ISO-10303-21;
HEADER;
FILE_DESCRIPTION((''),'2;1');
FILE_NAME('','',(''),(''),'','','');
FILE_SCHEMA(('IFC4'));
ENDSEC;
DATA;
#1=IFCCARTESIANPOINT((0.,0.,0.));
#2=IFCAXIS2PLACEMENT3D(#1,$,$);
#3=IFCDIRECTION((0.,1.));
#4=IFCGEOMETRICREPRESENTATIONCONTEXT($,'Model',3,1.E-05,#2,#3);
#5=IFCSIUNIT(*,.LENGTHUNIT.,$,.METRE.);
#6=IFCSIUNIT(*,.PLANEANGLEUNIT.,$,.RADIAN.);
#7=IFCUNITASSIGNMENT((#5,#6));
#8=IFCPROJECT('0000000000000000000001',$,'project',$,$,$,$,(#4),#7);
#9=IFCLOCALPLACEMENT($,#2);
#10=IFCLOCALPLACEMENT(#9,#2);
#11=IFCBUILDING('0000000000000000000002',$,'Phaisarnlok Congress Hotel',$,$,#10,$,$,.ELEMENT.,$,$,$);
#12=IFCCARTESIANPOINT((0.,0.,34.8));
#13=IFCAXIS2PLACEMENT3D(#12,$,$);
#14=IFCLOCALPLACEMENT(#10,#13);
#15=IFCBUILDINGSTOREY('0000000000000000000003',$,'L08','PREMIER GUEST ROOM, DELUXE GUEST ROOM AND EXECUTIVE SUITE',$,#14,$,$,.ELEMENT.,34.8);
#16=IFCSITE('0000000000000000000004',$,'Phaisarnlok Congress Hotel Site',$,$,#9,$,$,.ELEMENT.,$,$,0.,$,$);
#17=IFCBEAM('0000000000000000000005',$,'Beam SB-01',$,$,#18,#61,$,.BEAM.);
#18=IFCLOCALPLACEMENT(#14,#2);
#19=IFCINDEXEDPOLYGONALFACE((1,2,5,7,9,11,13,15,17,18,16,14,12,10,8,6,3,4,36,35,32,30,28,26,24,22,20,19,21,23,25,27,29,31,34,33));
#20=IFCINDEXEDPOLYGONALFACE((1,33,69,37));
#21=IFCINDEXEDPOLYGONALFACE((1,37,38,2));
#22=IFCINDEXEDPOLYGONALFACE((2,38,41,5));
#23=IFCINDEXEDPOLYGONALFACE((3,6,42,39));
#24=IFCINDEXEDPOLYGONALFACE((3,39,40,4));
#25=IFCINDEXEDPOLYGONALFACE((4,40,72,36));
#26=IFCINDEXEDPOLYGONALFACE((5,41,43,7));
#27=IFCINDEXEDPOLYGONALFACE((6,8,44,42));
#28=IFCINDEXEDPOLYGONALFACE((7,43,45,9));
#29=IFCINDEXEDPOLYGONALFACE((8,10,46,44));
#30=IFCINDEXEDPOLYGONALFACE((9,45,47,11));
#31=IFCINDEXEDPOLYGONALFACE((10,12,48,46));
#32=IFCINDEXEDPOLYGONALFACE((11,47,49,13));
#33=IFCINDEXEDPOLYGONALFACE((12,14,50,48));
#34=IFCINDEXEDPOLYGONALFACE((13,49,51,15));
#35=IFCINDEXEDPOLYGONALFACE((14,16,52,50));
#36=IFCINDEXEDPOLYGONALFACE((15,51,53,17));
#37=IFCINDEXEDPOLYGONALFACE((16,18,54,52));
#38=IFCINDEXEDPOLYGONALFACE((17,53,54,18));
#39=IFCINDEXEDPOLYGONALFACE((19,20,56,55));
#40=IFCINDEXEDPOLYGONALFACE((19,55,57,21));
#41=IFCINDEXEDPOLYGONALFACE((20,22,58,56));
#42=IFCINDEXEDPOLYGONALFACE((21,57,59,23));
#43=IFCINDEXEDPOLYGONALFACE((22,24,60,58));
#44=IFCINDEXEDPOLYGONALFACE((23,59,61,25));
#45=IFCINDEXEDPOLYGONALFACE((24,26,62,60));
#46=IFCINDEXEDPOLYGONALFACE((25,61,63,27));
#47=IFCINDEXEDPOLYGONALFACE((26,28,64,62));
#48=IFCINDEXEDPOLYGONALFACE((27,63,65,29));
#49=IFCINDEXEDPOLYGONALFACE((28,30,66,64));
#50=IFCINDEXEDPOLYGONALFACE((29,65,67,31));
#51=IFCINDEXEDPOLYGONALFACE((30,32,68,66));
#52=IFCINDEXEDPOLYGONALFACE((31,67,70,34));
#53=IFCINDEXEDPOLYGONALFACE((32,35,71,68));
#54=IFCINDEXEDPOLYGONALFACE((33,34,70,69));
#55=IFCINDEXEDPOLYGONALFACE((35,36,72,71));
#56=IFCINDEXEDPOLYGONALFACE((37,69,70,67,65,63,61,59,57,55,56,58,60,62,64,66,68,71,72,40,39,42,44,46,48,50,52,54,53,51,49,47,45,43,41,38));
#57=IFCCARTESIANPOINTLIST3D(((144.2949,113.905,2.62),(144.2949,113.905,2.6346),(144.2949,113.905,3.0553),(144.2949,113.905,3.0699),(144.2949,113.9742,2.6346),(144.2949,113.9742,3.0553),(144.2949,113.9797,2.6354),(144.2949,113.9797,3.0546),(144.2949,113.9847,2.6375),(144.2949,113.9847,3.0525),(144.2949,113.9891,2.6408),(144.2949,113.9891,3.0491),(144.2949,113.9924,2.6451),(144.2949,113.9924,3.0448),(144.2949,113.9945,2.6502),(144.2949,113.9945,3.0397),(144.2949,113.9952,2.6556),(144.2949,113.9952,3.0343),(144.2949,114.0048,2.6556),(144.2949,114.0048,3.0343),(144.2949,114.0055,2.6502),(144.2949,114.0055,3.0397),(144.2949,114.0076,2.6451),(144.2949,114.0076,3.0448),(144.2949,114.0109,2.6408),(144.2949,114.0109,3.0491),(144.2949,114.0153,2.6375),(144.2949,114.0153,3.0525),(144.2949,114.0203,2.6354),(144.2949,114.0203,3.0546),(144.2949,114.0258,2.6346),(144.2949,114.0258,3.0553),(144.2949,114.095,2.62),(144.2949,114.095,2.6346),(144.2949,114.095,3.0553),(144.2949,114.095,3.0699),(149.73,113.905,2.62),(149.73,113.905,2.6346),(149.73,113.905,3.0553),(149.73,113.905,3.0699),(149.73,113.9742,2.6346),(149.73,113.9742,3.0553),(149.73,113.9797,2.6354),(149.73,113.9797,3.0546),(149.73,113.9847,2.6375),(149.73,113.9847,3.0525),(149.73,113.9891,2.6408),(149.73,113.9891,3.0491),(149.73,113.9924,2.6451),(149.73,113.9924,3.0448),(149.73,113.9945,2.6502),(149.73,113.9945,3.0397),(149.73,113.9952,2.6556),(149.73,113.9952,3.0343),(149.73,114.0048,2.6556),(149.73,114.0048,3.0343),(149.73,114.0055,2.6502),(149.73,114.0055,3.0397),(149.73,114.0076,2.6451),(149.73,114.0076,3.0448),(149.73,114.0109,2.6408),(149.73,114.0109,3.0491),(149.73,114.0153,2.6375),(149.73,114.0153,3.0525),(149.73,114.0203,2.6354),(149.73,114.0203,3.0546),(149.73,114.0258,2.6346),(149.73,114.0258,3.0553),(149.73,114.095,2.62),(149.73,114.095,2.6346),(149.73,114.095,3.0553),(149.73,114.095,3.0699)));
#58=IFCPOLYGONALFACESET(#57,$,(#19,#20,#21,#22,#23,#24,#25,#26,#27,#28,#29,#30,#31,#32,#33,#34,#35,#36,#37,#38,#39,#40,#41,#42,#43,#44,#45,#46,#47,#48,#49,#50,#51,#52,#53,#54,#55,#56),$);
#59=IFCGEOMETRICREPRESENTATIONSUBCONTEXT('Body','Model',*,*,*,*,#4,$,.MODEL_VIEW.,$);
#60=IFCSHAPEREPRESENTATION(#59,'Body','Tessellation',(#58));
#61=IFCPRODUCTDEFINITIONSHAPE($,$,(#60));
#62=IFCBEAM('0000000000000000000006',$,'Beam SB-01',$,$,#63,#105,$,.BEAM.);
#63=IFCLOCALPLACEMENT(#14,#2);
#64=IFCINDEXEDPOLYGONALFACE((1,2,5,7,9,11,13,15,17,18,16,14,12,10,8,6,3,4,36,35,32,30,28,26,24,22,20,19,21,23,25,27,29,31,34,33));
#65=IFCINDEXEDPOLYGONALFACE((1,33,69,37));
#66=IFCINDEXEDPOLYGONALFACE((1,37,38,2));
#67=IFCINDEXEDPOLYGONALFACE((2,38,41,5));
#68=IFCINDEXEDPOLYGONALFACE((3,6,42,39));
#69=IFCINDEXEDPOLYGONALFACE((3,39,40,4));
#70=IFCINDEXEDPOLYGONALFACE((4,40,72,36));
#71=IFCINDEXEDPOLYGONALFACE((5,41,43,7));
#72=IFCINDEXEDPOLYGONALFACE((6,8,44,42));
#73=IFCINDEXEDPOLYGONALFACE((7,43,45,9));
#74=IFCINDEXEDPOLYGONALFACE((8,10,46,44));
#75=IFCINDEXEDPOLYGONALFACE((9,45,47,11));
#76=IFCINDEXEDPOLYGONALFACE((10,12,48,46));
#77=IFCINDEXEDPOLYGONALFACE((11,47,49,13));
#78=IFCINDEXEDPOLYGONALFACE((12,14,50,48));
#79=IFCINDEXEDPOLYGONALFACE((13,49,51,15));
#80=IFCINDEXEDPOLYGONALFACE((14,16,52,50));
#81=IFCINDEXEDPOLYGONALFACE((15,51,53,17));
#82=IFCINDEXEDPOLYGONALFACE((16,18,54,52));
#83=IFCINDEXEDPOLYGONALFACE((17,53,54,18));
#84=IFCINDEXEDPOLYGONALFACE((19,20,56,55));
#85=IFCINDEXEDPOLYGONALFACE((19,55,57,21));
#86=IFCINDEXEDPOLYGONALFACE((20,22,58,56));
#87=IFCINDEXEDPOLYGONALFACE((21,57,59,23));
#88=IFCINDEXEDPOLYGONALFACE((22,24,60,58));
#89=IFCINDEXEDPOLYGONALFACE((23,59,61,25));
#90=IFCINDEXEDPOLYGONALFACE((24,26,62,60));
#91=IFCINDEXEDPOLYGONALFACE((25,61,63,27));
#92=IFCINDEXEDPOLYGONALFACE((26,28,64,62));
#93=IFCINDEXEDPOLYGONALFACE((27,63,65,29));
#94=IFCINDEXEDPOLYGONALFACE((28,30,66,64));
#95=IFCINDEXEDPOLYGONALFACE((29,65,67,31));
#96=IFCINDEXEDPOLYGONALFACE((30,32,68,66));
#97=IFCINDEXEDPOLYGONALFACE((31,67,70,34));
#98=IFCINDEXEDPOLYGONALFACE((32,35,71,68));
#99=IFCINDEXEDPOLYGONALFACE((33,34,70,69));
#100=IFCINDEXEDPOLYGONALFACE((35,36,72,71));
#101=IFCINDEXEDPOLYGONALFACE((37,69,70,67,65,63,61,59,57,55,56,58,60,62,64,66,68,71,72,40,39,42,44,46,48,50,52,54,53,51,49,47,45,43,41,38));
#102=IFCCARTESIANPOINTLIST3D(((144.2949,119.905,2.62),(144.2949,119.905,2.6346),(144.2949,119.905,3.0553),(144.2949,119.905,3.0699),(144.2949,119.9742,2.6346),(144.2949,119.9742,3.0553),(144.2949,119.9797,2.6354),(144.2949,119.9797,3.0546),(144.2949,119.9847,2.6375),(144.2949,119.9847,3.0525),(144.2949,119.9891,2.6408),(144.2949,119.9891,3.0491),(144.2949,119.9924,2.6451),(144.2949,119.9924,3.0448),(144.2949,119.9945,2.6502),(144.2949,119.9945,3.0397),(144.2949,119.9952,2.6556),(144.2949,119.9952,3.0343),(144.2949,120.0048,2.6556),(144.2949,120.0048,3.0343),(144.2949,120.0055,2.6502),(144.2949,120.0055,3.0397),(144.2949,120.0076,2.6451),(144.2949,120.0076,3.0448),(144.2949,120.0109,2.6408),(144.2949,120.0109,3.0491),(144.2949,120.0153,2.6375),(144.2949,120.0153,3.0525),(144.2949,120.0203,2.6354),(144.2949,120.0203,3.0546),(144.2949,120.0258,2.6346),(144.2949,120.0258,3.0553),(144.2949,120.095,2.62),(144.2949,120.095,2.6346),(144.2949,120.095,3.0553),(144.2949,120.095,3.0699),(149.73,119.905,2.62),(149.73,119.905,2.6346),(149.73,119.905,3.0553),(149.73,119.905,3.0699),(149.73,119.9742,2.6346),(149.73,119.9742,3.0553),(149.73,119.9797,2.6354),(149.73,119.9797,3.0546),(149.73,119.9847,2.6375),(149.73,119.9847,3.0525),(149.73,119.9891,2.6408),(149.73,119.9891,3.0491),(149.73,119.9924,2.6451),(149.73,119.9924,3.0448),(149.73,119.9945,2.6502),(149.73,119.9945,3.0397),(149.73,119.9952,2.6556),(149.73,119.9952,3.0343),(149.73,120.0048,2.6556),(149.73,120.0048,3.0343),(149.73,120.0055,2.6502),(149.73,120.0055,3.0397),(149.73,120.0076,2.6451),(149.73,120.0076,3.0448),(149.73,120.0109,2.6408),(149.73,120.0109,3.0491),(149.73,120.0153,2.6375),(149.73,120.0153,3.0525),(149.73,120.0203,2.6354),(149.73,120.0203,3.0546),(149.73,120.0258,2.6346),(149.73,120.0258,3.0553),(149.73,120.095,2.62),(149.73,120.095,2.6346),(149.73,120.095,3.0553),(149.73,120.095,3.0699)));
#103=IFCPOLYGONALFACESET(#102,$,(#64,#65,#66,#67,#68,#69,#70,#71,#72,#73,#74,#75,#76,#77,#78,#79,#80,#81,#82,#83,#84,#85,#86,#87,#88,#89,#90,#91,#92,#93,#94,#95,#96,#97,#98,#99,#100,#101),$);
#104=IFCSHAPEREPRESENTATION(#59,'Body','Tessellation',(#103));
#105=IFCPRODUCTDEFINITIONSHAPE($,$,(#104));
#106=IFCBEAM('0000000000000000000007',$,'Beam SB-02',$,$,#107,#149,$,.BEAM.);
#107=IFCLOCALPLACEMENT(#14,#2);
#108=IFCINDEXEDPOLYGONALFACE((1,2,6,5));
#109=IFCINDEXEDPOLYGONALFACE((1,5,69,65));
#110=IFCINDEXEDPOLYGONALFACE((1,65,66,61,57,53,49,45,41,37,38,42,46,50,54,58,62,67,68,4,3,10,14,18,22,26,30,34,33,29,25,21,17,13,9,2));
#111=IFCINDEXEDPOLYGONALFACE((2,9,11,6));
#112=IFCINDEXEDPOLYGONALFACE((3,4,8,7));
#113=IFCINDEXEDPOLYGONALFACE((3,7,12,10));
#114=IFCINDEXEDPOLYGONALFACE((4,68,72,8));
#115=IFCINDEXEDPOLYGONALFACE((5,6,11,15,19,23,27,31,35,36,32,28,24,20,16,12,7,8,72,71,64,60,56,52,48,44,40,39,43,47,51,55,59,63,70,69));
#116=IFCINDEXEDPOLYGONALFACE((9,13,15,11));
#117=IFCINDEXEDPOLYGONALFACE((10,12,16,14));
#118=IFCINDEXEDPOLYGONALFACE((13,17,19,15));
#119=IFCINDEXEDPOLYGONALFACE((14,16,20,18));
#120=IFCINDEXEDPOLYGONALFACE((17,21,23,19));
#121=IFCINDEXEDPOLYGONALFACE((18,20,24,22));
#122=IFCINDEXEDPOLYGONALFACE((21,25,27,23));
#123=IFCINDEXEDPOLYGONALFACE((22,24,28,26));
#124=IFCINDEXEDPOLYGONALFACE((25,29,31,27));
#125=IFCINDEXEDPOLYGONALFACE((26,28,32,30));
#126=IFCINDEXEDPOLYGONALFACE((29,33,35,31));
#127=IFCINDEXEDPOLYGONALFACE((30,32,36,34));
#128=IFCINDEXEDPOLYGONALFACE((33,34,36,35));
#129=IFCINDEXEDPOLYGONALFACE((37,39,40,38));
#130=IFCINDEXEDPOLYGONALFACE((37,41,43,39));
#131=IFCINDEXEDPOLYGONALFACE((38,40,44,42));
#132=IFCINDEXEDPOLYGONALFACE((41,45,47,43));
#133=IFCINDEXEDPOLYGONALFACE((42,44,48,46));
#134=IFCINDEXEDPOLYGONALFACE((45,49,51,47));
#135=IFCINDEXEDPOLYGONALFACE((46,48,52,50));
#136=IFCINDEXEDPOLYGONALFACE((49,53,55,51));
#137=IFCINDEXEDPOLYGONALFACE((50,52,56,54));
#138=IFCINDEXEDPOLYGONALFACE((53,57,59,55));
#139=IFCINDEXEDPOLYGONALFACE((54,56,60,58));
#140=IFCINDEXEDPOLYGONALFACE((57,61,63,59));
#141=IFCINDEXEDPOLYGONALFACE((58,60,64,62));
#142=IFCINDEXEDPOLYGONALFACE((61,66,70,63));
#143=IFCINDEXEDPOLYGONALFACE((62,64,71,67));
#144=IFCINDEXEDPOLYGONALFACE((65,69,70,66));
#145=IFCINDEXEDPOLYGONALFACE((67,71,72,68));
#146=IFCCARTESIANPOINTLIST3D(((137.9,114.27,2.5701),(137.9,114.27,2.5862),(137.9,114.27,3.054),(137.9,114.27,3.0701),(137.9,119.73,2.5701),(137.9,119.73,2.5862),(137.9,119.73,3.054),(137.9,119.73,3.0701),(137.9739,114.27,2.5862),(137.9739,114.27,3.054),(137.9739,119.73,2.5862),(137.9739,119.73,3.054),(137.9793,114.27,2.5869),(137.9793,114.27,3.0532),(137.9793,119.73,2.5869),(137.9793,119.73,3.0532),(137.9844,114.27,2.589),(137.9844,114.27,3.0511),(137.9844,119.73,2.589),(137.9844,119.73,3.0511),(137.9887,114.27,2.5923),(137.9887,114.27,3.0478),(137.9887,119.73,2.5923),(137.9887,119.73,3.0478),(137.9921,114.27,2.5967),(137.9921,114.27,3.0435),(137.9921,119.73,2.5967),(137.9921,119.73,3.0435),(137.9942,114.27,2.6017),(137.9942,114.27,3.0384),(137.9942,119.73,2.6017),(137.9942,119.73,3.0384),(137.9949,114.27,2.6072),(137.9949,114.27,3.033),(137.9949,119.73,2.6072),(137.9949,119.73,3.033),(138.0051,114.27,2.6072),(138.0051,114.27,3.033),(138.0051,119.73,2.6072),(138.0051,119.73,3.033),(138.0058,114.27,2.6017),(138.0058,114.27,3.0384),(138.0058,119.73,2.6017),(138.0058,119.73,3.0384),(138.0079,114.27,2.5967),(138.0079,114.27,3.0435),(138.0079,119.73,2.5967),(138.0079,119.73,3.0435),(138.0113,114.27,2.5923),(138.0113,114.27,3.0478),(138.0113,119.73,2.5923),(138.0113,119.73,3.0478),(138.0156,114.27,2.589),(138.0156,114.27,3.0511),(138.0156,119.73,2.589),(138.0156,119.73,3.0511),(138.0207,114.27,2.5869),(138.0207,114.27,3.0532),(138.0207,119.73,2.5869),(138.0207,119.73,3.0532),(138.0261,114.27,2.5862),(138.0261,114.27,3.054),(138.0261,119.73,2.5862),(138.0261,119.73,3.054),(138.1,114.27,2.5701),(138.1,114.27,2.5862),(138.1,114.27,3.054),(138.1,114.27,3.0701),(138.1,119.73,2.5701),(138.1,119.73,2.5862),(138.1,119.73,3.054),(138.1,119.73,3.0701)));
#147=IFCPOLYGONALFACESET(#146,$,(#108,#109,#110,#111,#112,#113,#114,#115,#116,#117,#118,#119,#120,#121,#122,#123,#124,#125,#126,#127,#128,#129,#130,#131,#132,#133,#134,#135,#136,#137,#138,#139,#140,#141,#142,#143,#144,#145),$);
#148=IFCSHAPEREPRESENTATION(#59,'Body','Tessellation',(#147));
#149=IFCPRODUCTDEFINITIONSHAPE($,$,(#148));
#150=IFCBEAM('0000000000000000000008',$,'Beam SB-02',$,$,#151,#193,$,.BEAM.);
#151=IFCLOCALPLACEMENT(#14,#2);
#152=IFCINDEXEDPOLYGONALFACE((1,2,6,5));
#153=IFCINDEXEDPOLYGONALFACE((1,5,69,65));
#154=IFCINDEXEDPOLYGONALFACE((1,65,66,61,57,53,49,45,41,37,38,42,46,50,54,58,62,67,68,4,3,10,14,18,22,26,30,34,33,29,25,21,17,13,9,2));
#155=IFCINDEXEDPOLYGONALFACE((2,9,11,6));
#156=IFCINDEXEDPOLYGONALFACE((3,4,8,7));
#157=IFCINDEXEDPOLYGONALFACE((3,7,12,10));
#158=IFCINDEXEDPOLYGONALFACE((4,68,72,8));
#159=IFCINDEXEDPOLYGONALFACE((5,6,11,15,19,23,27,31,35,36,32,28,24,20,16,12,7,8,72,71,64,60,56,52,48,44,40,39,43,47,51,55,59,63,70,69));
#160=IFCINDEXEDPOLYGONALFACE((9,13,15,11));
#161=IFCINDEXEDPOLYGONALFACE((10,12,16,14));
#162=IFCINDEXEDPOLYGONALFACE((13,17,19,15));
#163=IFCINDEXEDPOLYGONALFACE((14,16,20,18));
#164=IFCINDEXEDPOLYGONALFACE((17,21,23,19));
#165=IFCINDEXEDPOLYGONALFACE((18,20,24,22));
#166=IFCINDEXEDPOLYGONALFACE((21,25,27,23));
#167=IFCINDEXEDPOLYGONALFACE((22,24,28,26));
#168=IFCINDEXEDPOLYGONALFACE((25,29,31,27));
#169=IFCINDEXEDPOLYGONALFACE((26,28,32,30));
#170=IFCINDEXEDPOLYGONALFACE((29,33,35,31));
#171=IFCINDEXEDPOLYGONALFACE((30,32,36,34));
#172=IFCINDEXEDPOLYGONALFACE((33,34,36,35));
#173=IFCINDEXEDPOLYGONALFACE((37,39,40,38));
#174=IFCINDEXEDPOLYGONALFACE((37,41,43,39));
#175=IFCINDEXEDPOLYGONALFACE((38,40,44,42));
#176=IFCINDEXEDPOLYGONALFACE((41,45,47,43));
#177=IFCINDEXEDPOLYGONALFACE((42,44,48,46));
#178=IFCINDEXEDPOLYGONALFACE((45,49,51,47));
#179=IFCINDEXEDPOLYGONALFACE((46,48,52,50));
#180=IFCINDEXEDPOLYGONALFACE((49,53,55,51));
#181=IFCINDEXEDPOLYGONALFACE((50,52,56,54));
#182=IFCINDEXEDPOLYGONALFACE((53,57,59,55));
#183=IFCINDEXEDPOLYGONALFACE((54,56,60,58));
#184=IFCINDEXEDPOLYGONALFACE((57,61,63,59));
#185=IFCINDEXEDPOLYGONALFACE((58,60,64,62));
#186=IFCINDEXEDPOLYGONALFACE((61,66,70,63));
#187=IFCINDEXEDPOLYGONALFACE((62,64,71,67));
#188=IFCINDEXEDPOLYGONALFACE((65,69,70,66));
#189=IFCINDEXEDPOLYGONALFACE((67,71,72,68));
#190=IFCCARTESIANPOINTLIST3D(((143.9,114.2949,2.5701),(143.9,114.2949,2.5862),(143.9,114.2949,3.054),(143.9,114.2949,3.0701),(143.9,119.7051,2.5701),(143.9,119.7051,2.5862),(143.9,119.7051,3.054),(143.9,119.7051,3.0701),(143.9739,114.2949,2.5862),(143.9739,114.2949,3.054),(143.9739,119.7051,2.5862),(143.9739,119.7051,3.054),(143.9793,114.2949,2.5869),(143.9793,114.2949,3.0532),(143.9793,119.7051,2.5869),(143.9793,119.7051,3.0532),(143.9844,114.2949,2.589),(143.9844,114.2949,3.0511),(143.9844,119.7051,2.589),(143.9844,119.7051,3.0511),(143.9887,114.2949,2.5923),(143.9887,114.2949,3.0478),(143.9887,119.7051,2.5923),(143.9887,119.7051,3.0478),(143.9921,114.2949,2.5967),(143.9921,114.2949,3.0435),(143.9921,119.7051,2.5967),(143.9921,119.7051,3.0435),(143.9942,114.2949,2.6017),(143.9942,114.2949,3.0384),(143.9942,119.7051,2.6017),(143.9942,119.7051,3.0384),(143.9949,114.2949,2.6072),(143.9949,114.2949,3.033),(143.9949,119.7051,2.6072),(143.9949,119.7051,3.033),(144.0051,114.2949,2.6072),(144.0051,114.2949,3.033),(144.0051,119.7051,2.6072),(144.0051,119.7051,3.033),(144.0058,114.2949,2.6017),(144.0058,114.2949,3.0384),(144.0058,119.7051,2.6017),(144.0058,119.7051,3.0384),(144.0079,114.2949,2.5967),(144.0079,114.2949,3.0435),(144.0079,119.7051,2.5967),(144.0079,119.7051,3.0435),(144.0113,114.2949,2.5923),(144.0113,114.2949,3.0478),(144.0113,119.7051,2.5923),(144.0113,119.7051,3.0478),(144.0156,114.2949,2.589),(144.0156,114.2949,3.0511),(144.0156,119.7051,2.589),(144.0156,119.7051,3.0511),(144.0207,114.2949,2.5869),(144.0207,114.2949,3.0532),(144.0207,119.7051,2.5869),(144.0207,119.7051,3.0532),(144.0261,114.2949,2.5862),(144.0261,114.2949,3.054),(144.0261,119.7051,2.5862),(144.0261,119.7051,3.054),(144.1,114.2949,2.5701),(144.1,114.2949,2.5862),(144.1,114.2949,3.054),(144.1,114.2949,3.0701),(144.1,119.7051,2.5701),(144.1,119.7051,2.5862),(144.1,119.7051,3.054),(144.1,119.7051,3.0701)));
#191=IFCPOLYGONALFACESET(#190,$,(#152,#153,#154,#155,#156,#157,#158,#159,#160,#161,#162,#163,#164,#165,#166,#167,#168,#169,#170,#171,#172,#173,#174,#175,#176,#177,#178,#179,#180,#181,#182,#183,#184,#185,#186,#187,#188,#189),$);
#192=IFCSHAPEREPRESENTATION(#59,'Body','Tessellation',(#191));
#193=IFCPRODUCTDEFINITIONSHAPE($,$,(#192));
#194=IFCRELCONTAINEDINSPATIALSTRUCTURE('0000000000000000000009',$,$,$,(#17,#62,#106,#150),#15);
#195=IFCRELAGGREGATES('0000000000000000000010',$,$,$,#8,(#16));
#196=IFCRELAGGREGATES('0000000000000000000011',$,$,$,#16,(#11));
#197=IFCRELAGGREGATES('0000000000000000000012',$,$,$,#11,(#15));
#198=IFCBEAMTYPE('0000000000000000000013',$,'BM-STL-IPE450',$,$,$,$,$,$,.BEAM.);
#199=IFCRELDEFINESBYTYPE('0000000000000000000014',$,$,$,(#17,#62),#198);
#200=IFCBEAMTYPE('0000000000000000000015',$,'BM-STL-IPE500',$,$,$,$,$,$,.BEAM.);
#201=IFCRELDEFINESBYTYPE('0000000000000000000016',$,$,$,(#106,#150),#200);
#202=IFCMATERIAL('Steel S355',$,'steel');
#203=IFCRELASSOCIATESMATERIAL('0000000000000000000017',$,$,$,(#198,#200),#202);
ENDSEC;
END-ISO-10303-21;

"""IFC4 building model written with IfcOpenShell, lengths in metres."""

from ifc_helpers import new_model, si_unit, direction, frame, origin, origin_2d, place, context, subcontext, project, spatial, i_section, extrude, material, material_profile, profile_set, type_object, element, save


model = new_model("IFC4")

# Units and contexts
model_context = context("Model", 3, precision=1e-05, world=origin(), true_north=direction((0.0, 1.0)))
body_context = subcontext(model_context, "Body", "Model", "MODEL_VIEW")
ifc_project = project(units=[si_unit("LENGTHUNIT", "METRE"), si_unit("PLANEANGLEUNIT", "RADIAN")], contexts=[model_context])

# Site, building, storey
site_placement = place(None, origin())
site = spatial("IfcSite", under=ifc_project, at=site_placement, Name="Phaisarnlok Congress Hotel Site", CompositionType="ELEMENT", RefElevation=0.0)
building_placement = place(site_placement, origin())
building = spatial("IfcBuilding", under=site, at=building_placement, Name="Phaisarnlok Congress Hotel", CompositionType="ELEMENT")
storey_placement = place(building_placement, frame((0.0, 0.0, 34.8)))
storey = spatial("IfcBuildingStorey", under=building, at=storey_placement, Name="L08", Description="PREMIER GUEST ROOM, DELUXE GUEST ROOM AND EXECUTIVE SUITE", CompositionType="ELEMENT", Elevation=34.8)

# Beams
ifc_material_1 = material(Name="Steel S355", Category="steel")
ifc_material_profile_1 = material_profile(ifc_material_1, i_section(OverallWidth=0.1899, OverallDepth=0.45, WebThickness=0.0095, FlangeThickness=0.0146, FilletRadius=0.021, at=origin_2d()), Name="IPE 450")
ifc_profile_set_1 = profile_set([ifc_material_profile_1], Name="Steel S355")
beam_type_1 = type_object("IfcBeamType", Name="BM-STL-IPE450", PredefinedType="BEAM", material=ifc_profile_set_1)
for number, where, z_axis, x_axis, name in (
    (1, (144.2949, 114.0, 2.845), (1.0, 0.0, 0.0), (0.0, 1.0, 0.0), "Beam SB-01"),
    (2, (144.2949, 120.0, 2.845), (1.0, 0.0, 0.0), (0.0, 1.0, 0.0), "Beam SB-01"),
):
    element("IfcBeam", number, at=place(storey_placement, frame(where, z_axis=z_axis, x_axis=x_axis)), inside=storey, type_object=beam_type_1, Name=name, PredefinedType="BEAM", context=body_context, shape_type="SweptSolid", body=[
        extrude(i_section(OverallWidth=0.1899, OverallDepth=0.45, WebThickness=0.0095, FlangeThickness=0.0146, FilletRadius=0.021, at=origin_2d()), origin(), (0.0, 0.0, 1.0), 5.4351),
    ])
ifc_material_profile_2 = material_profile(ifc_material_1, i_section(OverallWidth=0.2, OverallDepth=0.5, WebThickness=0.0103, FlangeThickness=0.0161, FilletRadius=0.021, at=origin_2d()), Name="IPE 500")
ifc_profile_set_2 = profile_set([ifc_material_profile_2], Name="Steel S355")
beam_type_2 = type_object("IfcBeamType", Name="BM-STL-IPE500", PredefinedType="BEAM", material=ifc_profile_set_2)
beam_1_placement = place(storey_placement, frame((138.0, 114.27, 2.8201), z_axis=(0.0, 1.0, 0.0), x_axis=(-1.0, 0.0, 0.0)))
element("IfcBeam", 3, at=beam_1_placement, inside=storey, type_object=beam_type_2, Name="Beam SB-02", PredefinedType="BEAM", context=body_context, shape_type="SweptSolid", body=[
    extrude(i_section(OverallWidth=0.2, OverallDepth=0.5, WebThickness=0.0103, FlangeThickness=0.0161, FilletRadius=0.021, at=origin_2d()), origin(), (0.0, 0.0, 1.0), 5.46),
])
beam_2_placement = place(storey_placement, frame((144.0, 114.2949, 2.8201), z_axis=(0.0, 1.0, 0.0), x_axis=(-1.0, 0.0, 0.0)))
element("IfcBeam", 4, at=beam_2_placement, inside=storey, type_object=beam_type_2, Name="Beam SB-02", PredefinedType="BEAM", context=body_context, shape_type="SweptSolid", body=[
    extrude(i_section(OverallWidth=0.2, OverallDepth=0.5, WebThickness=0.0103, FlangeThickness=0.0161, FilletRadius=0.021, at=origin_2d()), origin(), (0.0, 0.0, 1.0), 5.4102),
])

save(model, "model.ifc")
